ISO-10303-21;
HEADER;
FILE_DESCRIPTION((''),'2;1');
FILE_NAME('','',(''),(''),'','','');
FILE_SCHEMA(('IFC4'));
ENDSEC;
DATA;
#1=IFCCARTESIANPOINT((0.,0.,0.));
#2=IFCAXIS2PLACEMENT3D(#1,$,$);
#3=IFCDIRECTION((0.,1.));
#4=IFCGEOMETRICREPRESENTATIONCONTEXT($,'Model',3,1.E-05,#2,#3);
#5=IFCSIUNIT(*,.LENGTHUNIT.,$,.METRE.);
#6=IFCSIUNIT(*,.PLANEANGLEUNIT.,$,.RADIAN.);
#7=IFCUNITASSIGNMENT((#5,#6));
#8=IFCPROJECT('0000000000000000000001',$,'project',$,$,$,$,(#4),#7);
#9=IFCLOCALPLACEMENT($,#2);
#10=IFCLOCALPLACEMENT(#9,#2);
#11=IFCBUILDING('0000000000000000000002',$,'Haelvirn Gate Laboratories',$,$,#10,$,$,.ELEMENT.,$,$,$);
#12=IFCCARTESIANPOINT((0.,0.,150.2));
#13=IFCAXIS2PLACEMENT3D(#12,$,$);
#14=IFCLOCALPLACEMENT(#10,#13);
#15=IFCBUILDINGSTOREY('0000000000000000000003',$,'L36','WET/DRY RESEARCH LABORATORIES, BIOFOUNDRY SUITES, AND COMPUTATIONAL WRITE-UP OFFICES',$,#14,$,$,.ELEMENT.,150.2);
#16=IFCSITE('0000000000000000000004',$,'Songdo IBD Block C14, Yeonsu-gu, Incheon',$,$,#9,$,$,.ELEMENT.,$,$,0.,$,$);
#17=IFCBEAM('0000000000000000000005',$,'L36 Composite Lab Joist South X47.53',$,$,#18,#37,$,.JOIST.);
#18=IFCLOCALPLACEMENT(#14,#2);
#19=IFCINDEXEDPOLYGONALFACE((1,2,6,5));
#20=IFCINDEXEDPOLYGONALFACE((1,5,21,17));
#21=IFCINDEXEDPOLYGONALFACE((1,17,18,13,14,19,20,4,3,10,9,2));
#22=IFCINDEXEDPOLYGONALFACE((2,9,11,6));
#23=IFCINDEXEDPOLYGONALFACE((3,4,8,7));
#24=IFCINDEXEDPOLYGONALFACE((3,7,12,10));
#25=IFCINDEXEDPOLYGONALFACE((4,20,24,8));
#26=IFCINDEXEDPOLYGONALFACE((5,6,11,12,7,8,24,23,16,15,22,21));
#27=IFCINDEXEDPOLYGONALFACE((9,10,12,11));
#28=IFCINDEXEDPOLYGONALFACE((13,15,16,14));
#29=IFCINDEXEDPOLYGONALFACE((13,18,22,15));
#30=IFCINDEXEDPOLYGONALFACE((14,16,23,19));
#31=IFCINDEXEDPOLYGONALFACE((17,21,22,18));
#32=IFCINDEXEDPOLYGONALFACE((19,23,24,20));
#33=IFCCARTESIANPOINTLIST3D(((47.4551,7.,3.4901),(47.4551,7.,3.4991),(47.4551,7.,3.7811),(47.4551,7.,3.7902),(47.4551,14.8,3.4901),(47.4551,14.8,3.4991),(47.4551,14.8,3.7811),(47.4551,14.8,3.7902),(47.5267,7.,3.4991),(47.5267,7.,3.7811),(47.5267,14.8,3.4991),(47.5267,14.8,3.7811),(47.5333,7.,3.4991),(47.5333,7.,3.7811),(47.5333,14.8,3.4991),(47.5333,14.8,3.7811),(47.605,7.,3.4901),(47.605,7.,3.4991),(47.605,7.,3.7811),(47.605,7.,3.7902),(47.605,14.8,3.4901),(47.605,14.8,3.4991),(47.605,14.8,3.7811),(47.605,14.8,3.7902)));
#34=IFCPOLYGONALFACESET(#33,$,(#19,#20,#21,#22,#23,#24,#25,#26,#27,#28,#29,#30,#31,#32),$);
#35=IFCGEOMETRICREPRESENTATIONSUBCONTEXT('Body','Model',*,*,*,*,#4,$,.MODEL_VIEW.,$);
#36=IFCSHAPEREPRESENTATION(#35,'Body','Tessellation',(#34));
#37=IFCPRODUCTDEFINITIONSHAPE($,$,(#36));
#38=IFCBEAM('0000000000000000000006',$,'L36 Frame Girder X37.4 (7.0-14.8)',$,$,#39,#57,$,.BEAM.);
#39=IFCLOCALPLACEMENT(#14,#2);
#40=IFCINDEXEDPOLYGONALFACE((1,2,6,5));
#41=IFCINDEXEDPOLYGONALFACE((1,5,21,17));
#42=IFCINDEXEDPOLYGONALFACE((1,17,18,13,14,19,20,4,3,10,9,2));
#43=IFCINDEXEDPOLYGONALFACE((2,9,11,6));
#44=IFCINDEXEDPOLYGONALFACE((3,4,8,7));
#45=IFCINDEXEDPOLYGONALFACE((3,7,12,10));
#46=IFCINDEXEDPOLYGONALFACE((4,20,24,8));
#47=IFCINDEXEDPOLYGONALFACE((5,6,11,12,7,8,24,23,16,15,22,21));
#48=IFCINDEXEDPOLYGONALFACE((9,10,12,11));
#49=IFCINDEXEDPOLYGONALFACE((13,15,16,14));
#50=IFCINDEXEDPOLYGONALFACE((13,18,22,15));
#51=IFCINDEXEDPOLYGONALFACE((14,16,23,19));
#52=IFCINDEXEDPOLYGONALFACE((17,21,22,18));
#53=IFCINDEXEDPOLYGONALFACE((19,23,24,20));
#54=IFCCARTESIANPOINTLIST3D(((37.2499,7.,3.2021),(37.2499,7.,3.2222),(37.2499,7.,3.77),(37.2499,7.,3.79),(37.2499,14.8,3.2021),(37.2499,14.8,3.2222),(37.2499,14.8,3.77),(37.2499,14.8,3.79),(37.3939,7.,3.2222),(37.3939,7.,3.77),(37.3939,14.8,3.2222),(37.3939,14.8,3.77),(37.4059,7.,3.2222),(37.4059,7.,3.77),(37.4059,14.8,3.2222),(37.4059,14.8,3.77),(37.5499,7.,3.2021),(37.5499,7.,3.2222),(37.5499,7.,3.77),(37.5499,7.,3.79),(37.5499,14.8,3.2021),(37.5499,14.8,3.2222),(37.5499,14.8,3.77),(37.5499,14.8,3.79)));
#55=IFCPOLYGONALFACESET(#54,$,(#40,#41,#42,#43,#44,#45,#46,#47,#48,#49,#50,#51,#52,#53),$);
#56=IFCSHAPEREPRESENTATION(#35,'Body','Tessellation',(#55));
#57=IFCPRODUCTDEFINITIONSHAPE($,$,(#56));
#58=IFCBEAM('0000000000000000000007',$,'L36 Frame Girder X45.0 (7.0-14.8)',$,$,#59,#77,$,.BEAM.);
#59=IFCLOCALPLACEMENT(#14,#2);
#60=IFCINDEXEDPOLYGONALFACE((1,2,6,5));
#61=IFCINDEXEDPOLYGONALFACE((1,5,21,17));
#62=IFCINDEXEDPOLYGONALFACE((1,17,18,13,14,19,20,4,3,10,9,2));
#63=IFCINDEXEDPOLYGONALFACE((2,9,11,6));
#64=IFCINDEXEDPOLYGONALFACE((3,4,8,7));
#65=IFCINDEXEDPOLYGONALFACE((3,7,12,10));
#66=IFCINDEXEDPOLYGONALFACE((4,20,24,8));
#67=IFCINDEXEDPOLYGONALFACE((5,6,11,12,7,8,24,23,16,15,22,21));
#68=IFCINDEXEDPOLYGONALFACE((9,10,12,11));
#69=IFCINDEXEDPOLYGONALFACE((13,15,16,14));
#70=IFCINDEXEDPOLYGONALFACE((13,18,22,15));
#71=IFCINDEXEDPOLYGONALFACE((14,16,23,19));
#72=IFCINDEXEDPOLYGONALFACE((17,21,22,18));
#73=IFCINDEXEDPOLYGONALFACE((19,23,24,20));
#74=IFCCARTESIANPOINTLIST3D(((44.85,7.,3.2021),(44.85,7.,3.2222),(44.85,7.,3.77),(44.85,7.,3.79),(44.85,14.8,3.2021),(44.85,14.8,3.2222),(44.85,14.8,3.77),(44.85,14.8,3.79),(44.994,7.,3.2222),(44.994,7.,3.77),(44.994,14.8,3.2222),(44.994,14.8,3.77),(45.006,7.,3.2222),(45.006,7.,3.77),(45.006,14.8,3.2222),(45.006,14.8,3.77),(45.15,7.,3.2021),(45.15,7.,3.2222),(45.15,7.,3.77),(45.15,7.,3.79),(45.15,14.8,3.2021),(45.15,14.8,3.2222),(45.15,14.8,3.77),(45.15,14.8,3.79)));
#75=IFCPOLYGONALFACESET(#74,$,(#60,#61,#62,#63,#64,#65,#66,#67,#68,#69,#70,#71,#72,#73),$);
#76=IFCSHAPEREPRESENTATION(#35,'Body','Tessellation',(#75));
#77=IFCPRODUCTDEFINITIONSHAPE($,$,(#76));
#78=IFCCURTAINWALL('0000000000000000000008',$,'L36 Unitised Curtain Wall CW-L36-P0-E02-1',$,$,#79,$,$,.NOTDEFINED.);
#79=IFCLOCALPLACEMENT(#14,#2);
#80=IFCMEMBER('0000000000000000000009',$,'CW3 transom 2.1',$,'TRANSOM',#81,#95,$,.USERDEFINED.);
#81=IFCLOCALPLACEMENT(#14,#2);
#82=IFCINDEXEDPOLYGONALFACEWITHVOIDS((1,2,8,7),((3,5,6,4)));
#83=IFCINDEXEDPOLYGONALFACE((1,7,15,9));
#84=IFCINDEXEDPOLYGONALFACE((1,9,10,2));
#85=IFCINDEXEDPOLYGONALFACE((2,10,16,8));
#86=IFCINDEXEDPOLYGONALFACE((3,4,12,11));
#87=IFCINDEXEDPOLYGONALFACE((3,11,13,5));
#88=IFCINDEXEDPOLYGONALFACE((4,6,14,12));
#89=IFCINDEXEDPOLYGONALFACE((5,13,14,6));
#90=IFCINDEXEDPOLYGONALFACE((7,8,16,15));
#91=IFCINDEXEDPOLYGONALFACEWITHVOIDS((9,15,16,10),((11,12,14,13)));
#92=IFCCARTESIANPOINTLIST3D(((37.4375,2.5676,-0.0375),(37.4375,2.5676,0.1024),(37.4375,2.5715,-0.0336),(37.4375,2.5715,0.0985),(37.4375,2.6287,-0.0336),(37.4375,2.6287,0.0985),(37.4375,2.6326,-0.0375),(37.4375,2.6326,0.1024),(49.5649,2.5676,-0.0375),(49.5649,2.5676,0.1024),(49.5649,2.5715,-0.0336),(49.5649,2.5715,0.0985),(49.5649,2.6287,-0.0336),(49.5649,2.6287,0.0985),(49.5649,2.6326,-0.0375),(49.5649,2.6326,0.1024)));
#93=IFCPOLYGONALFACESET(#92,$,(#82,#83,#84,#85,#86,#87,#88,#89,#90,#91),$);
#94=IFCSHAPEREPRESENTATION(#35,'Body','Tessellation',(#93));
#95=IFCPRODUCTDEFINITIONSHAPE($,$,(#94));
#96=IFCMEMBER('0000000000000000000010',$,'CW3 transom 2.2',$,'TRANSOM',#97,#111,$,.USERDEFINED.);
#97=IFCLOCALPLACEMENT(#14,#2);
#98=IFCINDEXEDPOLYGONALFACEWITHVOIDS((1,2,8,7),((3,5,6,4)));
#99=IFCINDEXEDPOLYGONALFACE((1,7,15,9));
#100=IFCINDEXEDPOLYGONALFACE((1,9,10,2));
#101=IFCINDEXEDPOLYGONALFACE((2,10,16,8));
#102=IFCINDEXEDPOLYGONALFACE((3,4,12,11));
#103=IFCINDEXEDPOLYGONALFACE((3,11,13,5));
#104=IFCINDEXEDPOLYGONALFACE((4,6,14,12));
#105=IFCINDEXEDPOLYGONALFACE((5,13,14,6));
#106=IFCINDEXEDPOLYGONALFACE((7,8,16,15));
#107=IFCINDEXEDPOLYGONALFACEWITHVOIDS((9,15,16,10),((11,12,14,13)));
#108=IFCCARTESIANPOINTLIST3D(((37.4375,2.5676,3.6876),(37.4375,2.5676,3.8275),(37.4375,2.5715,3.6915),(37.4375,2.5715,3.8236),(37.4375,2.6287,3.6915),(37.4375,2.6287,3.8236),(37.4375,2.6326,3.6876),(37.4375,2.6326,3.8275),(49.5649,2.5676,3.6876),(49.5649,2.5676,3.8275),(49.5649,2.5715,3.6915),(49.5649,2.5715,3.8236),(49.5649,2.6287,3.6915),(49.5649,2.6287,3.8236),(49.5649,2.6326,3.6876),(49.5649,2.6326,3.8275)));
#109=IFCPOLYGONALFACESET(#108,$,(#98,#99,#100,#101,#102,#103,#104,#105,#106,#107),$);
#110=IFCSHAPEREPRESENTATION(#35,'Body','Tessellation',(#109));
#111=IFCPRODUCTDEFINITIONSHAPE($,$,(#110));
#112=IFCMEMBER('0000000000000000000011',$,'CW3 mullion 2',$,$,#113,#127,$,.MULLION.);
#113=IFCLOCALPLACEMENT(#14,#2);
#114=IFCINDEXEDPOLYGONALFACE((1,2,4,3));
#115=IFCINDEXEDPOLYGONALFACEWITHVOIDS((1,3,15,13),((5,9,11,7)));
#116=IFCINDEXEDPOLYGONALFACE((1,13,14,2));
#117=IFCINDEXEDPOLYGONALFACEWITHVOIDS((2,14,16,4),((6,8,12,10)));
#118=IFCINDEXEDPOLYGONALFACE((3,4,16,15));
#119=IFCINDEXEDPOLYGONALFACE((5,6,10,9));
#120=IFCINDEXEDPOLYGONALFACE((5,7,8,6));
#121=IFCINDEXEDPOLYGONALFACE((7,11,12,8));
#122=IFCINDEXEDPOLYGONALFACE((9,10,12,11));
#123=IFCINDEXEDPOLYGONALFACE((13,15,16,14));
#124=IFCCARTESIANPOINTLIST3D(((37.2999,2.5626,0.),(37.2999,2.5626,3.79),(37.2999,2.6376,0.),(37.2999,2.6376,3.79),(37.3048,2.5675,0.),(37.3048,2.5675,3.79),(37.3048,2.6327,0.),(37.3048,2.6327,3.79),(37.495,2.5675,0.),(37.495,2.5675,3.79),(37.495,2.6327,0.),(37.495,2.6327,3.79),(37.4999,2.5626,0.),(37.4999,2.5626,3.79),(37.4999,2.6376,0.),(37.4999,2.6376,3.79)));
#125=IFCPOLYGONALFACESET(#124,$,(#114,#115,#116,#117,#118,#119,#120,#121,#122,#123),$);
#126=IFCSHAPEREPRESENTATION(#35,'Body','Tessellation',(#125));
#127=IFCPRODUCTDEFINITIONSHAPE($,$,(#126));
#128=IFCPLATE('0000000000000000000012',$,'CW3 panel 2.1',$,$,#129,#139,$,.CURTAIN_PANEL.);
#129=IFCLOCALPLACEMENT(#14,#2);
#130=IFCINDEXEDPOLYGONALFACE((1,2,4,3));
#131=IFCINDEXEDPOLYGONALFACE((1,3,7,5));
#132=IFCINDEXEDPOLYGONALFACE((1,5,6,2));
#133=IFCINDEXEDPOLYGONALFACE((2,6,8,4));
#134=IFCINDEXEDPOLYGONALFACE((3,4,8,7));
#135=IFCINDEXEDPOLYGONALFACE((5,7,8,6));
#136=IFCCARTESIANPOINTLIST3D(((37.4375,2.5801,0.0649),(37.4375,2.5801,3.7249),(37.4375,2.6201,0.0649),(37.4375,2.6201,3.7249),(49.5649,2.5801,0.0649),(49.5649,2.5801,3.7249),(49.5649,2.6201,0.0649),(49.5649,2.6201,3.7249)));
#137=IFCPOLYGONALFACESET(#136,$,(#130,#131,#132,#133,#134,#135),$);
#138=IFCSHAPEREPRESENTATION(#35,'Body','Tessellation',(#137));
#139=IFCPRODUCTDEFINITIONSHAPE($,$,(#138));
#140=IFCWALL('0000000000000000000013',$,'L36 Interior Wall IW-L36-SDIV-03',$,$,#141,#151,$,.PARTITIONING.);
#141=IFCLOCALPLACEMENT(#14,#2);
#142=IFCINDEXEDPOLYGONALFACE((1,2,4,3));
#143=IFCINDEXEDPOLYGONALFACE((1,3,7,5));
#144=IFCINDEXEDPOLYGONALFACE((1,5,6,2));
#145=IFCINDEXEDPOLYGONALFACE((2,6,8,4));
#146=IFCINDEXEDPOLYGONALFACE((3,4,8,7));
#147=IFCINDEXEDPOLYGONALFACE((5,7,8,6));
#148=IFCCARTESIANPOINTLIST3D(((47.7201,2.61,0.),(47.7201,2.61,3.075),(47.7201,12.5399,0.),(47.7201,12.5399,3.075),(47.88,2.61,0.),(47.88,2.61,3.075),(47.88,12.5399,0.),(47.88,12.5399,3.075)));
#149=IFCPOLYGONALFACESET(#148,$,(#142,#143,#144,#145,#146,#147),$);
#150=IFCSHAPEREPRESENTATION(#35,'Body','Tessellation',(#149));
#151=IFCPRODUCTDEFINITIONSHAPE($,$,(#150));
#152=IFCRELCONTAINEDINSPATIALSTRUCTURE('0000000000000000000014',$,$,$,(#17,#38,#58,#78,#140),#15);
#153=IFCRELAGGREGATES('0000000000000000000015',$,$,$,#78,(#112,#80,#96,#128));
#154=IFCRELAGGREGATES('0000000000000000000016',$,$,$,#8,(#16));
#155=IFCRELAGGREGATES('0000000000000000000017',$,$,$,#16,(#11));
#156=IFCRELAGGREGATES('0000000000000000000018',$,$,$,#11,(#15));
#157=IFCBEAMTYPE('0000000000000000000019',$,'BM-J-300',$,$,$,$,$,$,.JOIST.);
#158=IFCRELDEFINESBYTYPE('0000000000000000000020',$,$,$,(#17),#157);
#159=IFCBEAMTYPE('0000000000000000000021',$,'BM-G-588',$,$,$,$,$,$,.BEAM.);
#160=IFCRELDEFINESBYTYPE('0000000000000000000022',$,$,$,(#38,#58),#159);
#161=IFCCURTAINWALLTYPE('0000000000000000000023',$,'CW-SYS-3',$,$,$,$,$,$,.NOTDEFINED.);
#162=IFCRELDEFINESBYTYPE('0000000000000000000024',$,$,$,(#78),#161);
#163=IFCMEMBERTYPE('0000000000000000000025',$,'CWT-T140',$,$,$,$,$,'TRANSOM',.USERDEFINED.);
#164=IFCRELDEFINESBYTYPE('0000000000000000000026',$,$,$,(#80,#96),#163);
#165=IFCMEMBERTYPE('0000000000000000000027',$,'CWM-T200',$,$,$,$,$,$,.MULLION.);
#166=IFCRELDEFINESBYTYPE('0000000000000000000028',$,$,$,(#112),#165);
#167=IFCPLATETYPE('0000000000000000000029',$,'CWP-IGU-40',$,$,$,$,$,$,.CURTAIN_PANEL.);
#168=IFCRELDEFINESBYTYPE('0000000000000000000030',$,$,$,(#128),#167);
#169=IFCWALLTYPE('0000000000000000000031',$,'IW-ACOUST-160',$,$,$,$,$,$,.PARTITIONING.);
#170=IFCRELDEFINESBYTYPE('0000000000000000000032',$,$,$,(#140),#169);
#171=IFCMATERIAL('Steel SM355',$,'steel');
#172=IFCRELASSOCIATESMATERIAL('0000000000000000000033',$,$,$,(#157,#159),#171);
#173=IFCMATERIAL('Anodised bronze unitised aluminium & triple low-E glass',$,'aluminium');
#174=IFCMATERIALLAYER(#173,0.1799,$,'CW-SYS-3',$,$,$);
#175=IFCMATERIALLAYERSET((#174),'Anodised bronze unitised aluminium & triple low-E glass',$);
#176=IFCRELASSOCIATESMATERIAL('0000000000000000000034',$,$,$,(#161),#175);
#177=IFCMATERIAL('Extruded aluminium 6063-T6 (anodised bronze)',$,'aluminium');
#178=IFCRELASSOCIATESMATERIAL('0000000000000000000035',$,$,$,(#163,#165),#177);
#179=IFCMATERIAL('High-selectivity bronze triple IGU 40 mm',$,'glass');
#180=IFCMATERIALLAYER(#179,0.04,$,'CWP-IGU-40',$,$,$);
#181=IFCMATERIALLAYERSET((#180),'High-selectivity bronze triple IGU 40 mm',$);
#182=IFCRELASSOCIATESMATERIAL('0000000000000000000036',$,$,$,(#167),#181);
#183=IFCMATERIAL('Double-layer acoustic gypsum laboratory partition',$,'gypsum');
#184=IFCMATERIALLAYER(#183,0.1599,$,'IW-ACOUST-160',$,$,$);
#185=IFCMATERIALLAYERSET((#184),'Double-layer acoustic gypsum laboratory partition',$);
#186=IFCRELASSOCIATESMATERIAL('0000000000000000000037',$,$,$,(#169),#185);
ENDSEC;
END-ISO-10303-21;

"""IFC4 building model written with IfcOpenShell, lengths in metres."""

from ifc_helpers import new_model, si_unit, direction, frame, frame_2d, origin, origin_2d, place, context, subcontext, project, spatial, rectangle, hollow_rectangle, i_section, extrude, source, transform, mapped, material, layer, layer_set, material_profile, profile_set, type_object, type_shapes, element, aggregate, save


model = new_model("IFC4")

# Units and contexts
model_context = context("Model", 3, precision=1e-05, world=origin(), true_north=direction((0.0, 1.0)))
body_context = subcontext(model_context, "Body", "Model", "MODEL_VIEW")
ifc_project = project(units=[si_unit("LENGTHUNIT", "METRE"), si_unit("PLANEANGLEUNIT", "RADIAN")], contexts=[model_context])

# Site, building, storey
site_placement = place(None, origin())
site = spatial("IfcSite", under=ifc_project, at=site_placement, Name="Songdo IBD Block C14, Yeonsu-gu, Incheon", CompositionType="ELEMENT", RefElevation=0.0)
building_placement = place(site_placement, origin())
building = spatial("IfcBuilding", under=site, at=building_placement, Name="Haelvirn Gate Laboratories", CompositionType="ELEMENT")
storey_placement = place(building_placement, frame((0.0, 0.0, 150.2)))
storey = spatial("IfcBuildingStorey", under=building, at=storey_placement, Name="L36", Description="WET/DRY RESEARCH LABORATORIES, BIOFOUNDRY SUITES, AND COMPUTATIONAL WRITE-UP OFFICES", CompositionType="ELEMENT", Elevation=150.2)

# Shared definitions
ifc_material_1 = material(Name="Steel SM355", Category="steel")

# Beams
ifc_material_profile_1 = material_profile(ifc_material_1, i_section(OverallWidth=0.1499, OverallDepth=0.3, WebThickness=0.0066, FlangeThickness=0.009, at=origin_2d()), Name="H-300x150x6.5x9")
ifc_profile_set_1 = profile_set([ifc_material_profile_1], Name="Steel SM355")
beam_type_1 = type_object("IfcBeamType", Name="BM-J-300", PredefinedType="JOIST", material=ifc_profile_set_1)
shared_shape_1 = source(origin(), body_context, "Body", "SweptSolid", [
    extrude(i_section(OverallWidth=0.1499, OverallDepth=0.3, WebThickness=0.0066, FlangeThickness=0.009, at=origin_2d()), origin(), (0.0, 0.0, 1.0), 7.8),
])
type_shapes(beam_type_1, [shared_shape_1])
for number, where, z_axis, x_axis, name in (
    (1, (47.53, 7.0, 3.6401), (0.0, 1.0, 0.0), (-1.0, 0.0, 0.0), "L36 Composite Lab Joist South X47.53"),
):
    element("IfcBeam", number, at=place(storey_placement, frame(where, z_axis=z_axis, x_axis=x_axis)), inside=storey, type_object=beam_type_1, Name=name, PredefinedType="JOIST", context=body_context, shape_type="MappedRepresentation", body=[
        mapped(shared_shape_1, transform((0.0, 0.0, 0.0), scale=1.0)),
    ])
ifc_material_profile_2 = material_profile(ifc_material_1, i_section(OverallWidth=0.3, OverallDepth=0.5879, WebThickness=0.012, FlangeThickness=0.02, at=origin_2d()), Name="H-588x300x12x20")
ifc_profile_set_2 = profile_set([ifc_material_profile_2], Name="Steel SM355")
beam_type_2 = type_object("IfcBeamType", Name="BM-G-588", PredefinedType="BEAM", material=ifc_profile_set_2)
shared_shape_2 = source(origin(), body_context, "Body", "SweptSolid", [
    extrude(i_section(OverallWidth=0.3, OverallDepth=0.5879, WebThickness=0.012, FlangeThickness=0.02, at=origin_2d()), origin(), (0.0, 0.0, 1.0), 7.8),
])
type_shapes(beam_type_2, [shared_shape_2])
for number, where, z_axis, x_axis, name in (
    (2, (37.3999, 7.0, 3.4961), (0.0, 1.0, 0.0), (-1.0, 0.0, 0.0), "L36 Frame Girder X37.4 (7.0-14.8)"),
    (3, (45.0, 7.0, 3.4961), (0.0, 1.0, 0.0), (-1.0, 0.0, 0.0), "L36 Frame Girder X45.0 (7.0-14.8)"),
):
    element("IfcBeam", number, at=place(storey_placement, frame(where, z_axis=z_axis, x_axis=x_axis)), inside=storey, type_object=beam_type_2, Name=name, PredefinedType="BEAM", context=body_context, shape_type="MappedRepresentation", body=[
        mapped(shared_shape_2, transform((0.0, 0.0, 0.0), scale=1.0)),
    ])

# Curtain wall, members, plate
ifc_material_2 = material(Name="Anodised bronze unitised aluminium & triple low-E glass", Category="aluminium")
ifc_layer_1 = layer(ifc_material_2, 0.1799, Name="CW-SYS-3")
ifc_layer_set_1 = layer_set([ifc_layer_1], Name="Anodised bronze unitised aluminium & triple low-E glass")
curtain_wall_type = type_object("IfcCurtainWallType", Name="CW-SYS-3", PredefinedType="NOTDEFINED", material=ifc_layer_set_1)
curtain_wall_placement = place(storey_placement, origin())
curtain_wall = element("IfcCurtainWall", 4, at=curtain_wall_placement, inside=storey, type_object=curtain_wall_type, Name="L36 Unitised Curtain Wall CW-L36-P0-E02-1", PredefinedType="NOTDEFINED")
ifc_material_3 = material(Name="Extruded aluminium 6063-T6 (anodised bronze)", Category="aluminium")
ifc_material_profile_3 = material_profile(ifc_material_3, hollow_rectangle(XDim=0.0649, YDim=0.1399, WallThickness=0.0039, at=origin_2d()), Name="CWT-140x65x4")
ifc_profile_set_3 = profile_set([ifc_material_profile_3], Name="Extruded aluminium 6063-T6 (anodised bronze)")
member_type_1 = type_object("IfcMemberType", Name="CWT-T140", ElementType="TRANSOM", PredefinedType="USERDEFINED", material=ifc_profile_set_3)
shared_shape_3 = source(origin(), body_context, "Body", "SweptSolid", [
    extrude(hollow_rectangle(XDim=0.0649, YDim=0.1399, WallThickness=0.0039, at=origin_2d()), origin(), (0.0, 0.0, 1.0), 12.1274),
])
type_shapes(member_type_1, [shared_shape_3])
member_1_placement = place(storey_placement, frame((37.4375, 2.6001, 0.0325), z_axis=(1.0, 0.0, 0.0), x_axis=(0.0, 1.0, 0.0)))
member_1 = element("IfcMember", 5, at=member_1_placement, type_object=member_type_1, Name="CW3 transom 2.1", ObjectType="TRANSOM", PredefinedType="USERDEFINED", context=body_context, shape_type="MappedRepresentation", body=[
    mapped(shared_shape_3, transform((0.0, 0.0, 0.0), scale=1.0)),
])
member_2_placement = place(storey_placement, frame((37.4375, 2.6001, 3.7576), z_axis=(1.0, 0.0, 0.0), x_axis=(0.0, 1.0, 0.0)))
member_2 = element("IfcMember", 6, at=member_2_placement, type_object=member_type_1, Name="CW3 transom 2.2", ObjectType="TRANSOM", PredefinedType="USERDEFINED", context=body_context, shape_type="MappedRepresentation", body=[
    mapped(shared_shape_3, transform((0.0, 0.0, 0.0), scale=1.0)),
])
ifc_material_profile_4 = material_profile(ifc_material_3, hollow_rectangle(XDim=0.075, YDim=0.2, WallThickness=0.0049, at=origin_2d()), Name="CWM-200x75x5")
ifc_profile_set_4 = profile_set([ifc_material_profile_4], Name="Extruded aluminium 6063-T6 (anodised bronze)")
member_type_2 = type_object("IfcMemberType", Name="CWM-T200", PredefinedType="MULLION", material=ifc_profile_set_4)
shared_shape_4 = source(origin(), body_context, "Body", "SweptSolid", [
    extrude(hollow_rectangle(XDim=0.075, YDim=0.2, WallThickness=0.0049, at=origin_2d()), origin(), (0.0, 0.0, 1.0), 3.79),
])
type_shapes(member_type_2, [shared_shape_4])
member_3_placement = place(storey_placement, frame((37.3999, 2.6001, 0.0), z_axis=(0.0, 0.0, 1.0), x_axis=(0.0, 1.0, 0.0)))
member_3 = element("IfcMember", 7, at=member_3_placement, type_object=member_type_2, Name="CW3 mullion 2", PredefinedType="MULLION", context=body_context, shape_type="MappedRepresentation", body=[
    mapped(shared_shape_4, transform((0.0, 0.0, 0.0), scale=1.0)),
])
ifc_material_4 = material(Name="High-selectivity bronze triple IGU 40 mm", Category="glass")
ifc_layer_2 = layer(ifc_material_4, 0.04, Name="CWP-IGU-40")
ifc_layer_set_2 = layer_set([ifc_layer_2], Name="High-selectivity bronze triple IGU 40 mm")
plate_type = type_object("IfcPlateType", Name="CWP-IGU-40", PredefinedType="CURTAIN_PANEL", material=ifc_layer_set_2)
shared_shape_5 = source(origin(), body_context, "Body", "SweptSolid", [
    extrude(rectangle(XDim=12.1274, YDim=0.04, at=origin_2d()), origin(), (0.0, 0.0, 1.0), 3.6599),
])
type_shapes(plate_type, [shared_shape_5])
plate_placement = place(storey_placement, frame((43.5012, 2.6001, 0.0649), z_axis=(0.0, 0.0, 1.0), x_axis=(1.0, 0.0, 0.0)))
plate = element("IfcPlate", 8, at=plate_placement, type_object=plate_type, Name="CW3 panel 2.1", PredefinedType="CURTAIN_PANEL", context=body_context, shape_type="MappedRepresentation", body=[
    mapped(shared_shape_5, transform((0.0, 0.0, 0.0), scale=1.0)),
])
aggregate(curtain_wall, [member_3, member_1, member_2, plate])

# Wall
ifc_material_5 = material(Name="Double-layer acoustic gypsum laboratory partition", Category="gypsum")
ifc_layer_3 = layer(ifc_material_5, 0.1599, Name="IW-ACOUST-160")
ifc_layer_set_3 = layer_set([ifc_layer_3], Name="Double-layer acoustic gypsum laboratory partition")
wall_type_1 = type_object("IfcWallType", Name="IW-ACOUST-160", PredefinedType="PARTITIONING", material=ifc_layer_set_3)
wall_1_placement = place(storey_placement, frame((47.8, 2.6101, 0.0), z_axis=(0.0, 0.0, 1.0), x_axis=(0.0, 1.0, 0.0)))
element("IfcWall", 9, at=wall_1_placement, inside=storey, type_object=wall_type_1, Name="L36 Interior Wall IW-L36-SDIV-03", PredefinedType="PARTITIONING", context=body_context, shape_type="SweptSolid", body=[
    extrude(rectangle(XDim=9.9299, YDim=0.1599, at=frame_2d((4.9648, 0.0))), origin(), (0.0, 0.0, 1.0), 3.075),
])

save(model, "model.ifc")
